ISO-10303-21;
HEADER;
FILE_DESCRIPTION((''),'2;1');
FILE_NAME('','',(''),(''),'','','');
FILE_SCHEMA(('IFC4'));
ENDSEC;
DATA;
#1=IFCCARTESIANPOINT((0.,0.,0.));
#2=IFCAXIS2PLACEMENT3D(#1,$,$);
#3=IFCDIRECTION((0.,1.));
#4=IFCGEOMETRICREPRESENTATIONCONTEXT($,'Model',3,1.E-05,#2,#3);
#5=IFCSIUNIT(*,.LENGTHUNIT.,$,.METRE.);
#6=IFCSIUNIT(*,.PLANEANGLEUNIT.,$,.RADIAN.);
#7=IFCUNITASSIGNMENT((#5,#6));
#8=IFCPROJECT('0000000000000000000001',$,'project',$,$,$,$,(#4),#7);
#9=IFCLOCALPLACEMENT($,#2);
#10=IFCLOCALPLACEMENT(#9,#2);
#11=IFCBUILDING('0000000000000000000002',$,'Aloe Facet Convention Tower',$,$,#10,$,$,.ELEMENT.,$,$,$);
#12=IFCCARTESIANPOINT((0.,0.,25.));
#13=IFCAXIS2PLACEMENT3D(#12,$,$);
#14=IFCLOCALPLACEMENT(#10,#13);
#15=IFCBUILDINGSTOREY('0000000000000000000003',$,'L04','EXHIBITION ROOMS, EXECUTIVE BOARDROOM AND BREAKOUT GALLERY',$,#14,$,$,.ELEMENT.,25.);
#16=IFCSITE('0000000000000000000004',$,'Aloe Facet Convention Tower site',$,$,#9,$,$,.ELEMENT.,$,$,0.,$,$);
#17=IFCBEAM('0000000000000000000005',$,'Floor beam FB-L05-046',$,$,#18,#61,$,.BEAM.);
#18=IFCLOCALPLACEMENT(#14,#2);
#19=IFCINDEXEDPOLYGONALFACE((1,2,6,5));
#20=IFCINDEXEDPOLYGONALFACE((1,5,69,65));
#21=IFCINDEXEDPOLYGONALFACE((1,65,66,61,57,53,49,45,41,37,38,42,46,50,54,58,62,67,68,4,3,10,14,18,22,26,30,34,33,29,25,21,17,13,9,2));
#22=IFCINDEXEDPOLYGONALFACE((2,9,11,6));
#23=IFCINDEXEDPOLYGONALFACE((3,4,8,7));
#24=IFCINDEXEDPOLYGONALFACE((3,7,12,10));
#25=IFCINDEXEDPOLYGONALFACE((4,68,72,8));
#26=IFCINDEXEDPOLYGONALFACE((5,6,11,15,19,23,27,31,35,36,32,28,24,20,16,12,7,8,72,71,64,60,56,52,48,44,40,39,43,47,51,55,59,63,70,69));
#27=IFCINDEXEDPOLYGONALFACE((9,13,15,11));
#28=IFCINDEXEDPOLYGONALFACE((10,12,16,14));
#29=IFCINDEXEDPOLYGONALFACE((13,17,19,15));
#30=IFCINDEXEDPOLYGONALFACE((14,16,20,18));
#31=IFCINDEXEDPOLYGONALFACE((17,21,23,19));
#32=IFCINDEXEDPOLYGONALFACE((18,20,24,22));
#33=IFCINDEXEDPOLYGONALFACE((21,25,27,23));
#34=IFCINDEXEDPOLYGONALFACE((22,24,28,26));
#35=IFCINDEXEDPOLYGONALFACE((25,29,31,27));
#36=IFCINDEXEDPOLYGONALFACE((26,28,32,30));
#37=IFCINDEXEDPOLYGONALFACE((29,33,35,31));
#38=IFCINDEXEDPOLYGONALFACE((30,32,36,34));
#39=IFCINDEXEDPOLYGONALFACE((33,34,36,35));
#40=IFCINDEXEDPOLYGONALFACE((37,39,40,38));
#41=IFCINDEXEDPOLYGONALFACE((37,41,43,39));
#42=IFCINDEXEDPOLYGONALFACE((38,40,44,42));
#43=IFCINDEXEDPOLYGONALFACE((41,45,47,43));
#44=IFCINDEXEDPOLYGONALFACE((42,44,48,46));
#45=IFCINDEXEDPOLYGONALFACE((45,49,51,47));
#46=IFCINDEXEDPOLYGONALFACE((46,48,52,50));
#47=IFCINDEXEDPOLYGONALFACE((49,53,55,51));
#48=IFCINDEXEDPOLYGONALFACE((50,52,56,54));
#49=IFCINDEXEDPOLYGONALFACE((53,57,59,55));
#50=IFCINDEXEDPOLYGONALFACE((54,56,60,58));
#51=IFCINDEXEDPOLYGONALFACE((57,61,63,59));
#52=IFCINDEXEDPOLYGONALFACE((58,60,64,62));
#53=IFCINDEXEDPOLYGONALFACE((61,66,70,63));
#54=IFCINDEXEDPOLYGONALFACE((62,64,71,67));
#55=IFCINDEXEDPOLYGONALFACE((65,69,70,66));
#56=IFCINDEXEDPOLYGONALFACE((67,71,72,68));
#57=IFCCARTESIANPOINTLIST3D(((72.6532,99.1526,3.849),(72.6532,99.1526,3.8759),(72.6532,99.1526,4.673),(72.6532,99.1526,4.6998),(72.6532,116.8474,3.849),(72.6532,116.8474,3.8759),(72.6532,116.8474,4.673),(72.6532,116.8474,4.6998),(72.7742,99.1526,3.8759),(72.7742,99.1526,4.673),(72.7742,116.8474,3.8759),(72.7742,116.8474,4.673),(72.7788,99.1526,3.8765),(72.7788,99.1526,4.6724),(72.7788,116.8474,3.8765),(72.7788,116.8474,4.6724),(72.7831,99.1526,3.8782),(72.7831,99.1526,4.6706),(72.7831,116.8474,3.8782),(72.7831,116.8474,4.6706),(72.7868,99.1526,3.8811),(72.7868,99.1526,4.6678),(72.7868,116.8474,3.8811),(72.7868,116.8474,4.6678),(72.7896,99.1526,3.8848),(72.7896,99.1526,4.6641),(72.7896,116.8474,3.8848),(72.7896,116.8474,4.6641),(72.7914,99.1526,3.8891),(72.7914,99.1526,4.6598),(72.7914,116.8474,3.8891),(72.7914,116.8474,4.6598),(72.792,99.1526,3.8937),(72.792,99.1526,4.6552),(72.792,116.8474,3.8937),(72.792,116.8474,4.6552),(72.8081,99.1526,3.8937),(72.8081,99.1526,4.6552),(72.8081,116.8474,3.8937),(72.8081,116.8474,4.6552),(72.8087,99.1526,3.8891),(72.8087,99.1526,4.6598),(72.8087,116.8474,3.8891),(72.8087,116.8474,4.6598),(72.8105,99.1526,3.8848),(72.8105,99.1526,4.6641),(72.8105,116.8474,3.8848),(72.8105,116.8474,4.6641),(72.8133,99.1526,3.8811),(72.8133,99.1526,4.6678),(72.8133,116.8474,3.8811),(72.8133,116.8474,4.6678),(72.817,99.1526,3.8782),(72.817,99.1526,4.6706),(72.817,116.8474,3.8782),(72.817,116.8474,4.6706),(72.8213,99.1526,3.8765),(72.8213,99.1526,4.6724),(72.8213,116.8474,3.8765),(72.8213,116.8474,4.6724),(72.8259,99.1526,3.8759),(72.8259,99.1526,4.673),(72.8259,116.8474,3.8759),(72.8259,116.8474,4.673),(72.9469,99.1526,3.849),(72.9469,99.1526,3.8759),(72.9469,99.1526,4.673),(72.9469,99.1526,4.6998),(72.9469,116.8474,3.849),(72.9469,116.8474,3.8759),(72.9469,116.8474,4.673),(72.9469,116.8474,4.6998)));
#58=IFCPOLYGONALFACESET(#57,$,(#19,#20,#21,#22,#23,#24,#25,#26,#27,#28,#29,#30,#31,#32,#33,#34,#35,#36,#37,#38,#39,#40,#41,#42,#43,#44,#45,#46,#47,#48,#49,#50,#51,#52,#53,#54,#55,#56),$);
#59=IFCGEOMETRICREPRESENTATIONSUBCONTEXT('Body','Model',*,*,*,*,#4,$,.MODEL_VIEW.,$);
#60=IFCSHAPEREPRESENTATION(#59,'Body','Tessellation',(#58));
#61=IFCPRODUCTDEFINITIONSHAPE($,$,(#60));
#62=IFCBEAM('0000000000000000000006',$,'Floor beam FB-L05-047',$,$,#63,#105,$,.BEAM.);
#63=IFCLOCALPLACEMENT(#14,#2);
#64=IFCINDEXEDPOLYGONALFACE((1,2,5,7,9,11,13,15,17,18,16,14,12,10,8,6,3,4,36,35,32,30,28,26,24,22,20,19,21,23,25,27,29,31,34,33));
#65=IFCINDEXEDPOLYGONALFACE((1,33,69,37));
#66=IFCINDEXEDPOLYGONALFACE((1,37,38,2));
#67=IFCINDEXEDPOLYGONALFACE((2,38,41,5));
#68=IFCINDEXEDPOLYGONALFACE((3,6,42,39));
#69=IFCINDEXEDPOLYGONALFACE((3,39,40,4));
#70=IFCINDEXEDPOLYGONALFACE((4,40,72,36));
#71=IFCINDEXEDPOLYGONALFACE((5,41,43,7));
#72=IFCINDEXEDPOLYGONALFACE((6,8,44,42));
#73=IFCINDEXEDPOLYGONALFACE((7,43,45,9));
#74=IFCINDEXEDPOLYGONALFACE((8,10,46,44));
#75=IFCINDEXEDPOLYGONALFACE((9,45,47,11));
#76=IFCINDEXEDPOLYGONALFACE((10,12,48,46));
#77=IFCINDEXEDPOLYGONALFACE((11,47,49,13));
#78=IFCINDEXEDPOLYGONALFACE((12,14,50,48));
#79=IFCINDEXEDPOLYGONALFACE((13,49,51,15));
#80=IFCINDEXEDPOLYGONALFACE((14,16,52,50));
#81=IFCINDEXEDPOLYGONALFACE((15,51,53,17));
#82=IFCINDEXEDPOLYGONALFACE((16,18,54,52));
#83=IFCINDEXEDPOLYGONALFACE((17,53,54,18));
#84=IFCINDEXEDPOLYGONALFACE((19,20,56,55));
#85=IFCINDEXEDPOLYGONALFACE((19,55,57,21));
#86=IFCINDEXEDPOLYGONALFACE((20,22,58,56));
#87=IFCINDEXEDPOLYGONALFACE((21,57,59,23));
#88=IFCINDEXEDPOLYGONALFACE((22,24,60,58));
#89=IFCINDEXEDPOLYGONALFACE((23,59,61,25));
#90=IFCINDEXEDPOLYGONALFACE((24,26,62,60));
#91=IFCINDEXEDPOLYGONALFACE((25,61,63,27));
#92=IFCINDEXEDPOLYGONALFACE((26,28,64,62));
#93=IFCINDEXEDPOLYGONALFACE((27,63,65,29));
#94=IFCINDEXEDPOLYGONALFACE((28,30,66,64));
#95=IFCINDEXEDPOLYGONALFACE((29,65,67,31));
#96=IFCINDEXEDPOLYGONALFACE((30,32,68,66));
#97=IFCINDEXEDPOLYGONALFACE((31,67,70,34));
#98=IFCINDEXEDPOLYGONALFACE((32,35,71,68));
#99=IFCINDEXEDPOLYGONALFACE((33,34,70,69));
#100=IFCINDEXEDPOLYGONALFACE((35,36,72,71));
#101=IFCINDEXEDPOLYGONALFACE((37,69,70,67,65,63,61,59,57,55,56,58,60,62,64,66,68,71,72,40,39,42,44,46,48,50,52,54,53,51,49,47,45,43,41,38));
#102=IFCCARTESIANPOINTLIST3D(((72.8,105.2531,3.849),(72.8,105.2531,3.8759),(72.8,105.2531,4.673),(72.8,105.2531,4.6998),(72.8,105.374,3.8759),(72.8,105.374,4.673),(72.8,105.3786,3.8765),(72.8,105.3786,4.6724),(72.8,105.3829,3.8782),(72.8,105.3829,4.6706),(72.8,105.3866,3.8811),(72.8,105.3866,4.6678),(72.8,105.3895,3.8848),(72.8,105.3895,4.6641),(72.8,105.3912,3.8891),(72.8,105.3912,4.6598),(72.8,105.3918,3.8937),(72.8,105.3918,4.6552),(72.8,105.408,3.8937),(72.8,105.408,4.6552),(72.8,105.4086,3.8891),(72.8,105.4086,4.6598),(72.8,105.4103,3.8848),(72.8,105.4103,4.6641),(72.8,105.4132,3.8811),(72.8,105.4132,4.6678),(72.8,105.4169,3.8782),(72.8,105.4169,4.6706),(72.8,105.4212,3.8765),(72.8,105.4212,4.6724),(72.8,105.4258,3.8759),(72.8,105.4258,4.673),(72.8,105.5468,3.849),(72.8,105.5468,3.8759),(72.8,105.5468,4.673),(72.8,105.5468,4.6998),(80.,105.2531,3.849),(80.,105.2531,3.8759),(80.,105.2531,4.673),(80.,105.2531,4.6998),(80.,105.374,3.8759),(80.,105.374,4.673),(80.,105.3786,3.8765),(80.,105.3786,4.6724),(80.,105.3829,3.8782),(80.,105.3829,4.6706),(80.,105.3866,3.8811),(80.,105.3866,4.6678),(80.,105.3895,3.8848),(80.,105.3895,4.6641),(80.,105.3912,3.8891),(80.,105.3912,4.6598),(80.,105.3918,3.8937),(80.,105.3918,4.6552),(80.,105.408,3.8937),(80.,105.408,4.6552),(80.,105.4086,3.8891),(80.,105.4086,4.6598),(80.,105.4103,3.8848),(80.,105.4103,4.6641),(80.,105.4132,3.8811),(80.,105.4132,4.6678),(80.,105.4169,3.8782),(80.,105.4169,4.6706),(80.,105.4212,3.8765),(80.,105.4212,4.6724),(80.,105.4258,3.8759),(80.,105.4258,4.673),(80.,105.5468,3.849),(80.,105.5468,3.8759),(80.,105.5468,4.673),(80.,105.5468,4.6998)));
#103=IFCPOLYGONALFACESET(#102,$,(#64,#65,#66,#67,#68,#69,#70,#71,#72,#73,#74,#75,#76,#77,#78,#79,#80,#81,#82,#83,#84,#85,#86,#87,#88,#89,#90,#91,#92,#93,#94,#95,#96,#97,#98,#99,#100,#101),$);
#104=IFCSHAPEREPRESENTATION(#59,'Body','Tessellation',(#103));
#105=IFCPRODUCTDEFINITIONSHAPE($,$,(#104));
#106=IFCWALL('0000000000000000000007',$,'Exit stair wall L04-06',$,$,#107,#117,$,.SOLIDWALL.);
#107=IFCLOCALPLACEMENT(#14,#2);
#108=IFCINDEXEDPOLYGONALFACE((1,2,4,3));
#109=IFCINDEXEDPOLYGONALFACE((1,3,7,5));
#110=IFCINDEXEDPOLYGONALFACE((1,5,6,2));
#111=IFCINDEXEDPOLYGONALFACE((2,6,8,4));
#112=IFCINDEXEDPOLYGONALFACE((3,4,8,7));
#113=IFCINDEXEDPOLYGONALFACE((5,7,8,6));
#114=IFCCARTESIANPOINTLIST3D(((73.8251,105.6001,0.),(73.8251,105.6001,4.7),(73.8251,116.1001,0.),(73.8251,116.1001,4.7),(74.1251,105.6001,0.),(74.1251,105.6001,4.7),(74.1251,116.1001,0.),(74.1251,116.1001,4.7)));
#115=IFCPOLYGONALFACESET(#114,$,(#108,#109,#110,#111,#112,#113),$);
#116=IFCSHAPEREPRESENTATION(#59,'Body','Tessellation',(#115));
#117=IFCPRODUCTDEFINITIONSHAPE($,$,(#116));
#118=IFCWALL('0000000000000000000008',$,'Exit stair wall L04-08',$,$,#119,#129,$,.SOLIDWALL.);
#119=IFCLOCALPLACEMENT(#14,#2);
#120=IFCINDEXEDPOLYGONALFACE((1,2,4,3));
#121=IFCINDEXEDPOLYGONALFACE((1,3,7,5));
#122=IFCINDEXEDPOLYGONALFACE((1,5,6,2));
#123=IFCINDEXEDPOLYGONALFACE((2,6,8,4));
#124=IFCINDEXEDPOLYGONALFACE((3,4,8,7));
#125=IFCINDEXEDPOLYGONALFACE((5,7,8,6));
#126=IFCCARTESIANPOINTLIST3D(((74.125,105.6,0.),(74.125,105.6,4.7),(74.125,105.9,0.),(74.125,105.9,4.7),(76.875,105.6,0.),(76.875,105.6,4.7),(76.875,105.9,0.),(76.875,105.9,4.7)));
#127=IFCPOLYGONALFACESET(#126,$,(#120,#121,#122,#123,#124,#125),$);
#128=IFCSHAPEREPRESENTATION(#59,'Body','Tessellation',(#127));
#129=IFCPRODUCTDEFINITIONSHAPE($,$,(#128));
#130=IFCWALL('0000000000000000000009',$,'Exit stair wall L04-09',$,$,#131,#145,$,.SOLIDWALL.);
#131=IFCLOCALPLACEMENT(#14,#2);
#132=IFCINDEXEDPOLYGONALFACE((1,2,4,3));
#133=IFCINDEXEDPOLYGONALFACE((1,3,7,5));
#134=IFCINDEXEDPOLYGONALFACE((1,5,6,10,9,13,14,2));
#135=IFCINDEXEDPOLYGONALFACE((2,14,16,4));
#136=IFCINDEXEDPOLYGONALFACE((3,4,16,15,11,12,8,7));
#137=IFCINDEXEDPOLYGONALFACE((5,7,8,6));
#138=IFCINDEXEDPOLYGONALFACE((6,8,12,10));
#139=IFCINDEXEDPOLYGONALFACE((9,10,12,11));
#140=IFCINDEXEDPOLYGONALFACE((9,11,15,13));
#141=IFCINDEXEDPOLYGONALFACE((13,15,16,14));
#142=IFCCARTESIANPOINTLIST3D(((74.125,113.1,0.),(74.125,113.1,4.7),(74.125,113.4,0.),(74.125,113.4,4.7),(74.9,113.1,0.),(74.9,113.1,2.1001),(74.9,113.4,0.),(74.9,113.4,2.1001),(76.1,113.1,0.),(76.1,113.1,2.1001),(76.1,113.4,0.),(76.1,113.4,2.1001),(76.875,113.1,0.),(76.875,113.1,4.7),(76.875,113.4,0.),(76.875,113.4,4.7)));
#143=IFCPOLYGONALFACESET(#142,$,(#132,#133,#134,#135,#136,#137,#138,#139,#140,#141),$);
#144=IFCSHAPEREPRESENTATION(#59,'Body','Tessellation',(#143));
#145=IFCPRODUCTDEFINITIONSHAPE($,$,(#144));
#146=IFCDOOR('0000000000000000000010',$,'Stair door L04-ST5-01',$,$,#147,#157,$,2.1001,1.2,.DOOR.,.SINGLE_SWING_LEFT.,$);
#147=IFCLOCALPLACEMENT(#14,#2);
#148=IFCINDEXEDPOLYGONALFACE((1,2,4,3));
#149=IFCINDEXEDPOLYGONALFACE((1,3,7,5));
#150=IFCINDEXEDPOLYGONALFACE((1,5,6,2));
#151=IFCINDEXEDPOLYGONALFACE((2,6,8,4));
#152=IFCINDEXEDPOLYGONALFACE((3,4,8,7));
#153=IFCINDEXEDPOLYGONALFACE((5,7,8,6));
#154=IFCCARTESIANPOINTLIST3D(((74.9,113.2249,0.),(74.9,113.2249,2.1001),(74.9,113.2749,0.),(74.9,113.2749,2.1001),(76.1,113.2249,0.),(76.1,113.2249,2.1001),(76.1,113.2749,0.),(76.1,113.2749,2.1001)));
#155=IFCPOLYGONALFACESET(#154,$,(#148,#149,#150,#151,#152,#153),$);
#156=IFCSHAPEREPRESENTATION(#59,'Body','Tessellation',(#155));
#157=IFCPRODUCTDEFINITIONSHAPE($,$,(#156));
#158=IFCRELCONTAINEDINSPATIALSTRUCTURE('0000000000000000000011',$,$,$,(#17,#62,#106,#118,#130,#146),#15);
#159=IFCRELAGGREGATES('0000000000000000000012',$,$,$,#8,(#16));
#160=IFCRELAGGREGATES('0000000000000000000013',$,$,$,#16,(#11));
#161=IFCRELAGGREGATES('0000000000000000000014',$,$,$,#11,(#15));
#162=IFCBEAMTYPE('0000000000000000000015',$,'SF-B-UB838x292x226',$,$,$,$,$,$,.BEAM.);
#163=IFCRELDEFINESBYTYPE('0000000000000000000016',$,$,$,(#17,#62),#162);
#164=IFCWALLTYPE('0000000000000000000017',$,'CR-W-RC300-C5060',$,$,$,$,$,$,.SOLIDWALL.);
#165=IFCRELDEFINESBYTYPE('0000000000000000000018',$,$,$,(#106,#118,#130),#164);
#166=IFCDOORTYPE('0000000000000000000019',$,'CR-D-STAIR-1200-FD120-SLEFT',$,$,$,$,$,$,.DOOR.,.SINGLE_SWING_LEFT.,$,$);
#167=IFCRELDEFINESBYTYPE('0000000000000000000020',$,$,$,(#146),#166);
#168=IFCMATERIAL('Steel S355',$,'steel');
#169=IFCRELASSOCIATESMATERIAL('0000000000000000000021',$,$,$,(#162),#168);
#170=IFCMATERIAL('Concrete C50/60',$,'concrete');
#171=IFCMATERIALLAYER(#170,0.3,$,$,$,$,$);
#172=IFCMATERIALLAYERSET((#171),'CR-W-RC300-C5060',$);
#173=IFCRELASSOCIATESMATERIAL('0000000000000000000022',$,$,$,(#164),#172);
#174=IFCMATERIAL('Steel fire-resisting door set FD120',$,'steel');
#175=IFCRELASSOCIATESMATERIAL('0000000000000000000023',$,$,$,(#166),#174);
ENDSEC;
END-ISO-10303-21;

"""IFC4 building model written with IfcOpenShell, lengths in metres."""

from ifc_helpers import new_model, si_unit, direction, frame, frame_2d, origin, origin_2d, place, context, subcontext, project, spatial, rectangle, i_section, extrude, material, layer, layer_set, material_profile, profile_set, type_object, element, fill, save


model = new_model("IFC4")

# Units and contexts
model_context = context("Model", 3, precision=1e-05, world=origin(), true_north=direction((0.0, 1.0)))
body_context = subcontext(model_context, "Body", "Model", "MODEL_VIEW")
ifc_project = project(units=[si_unit("LENGTHUNIT", "METRE"), si_unit("PLANEANGLEUNIT", "RADIAN")], contexts=[model_context])

# Site, building, storey
site_placement = place(None, origin())
site = spatial("IfcSite", under=ifc_project, at=site_placement, Name="Aloe Facet Convention Tower site", CompositionType="ELEMENT", RefElevation=0.0)
building_placement = place(site_placement, origin())
building = spatial("IfcBuilding", under=site, at=building_placement, Name="Aloe Facet Convention Tower", CompositionType="ELEMENT")
storey_placement = place(building_placement, frame((0.0, 0.0, 25.0)))
storey = spatial("IfcBuildingStorey", under=building, at=storey_placement, Name="L04", Description="EXHIBITION ROOMS, EXECUTIVE BOARDROOM AND BREAKOUT GALLERY", CompositionType="ELEMENT", Elevation=25.0)

# Beams
ifc_material_1 = material(Name="Steel S355", Category="steel")
ifc_material_profile_1 = material_profile(ifc_material_1, i_section(OverallWidth=0.2937, OverallDepth=0.8508, WebThickness=0.0161, FlangeThickness=0.0269, FilletRadius=0.0178, at=origin_2d()), Name="UB 838x292x226")
ifc_profile_set_1 = profile_set([ifc_material_profile_1], Name="Steel S355")
beam_type_1 = type_object("IfcBeamType", Name="SF-B-UB838x292x226", PredefinedType="BEAM", material=ifc_profile_set_1)
beam_1_placement = place(storey_placement, frame((72.8, 99.1526, 4.2744), z_axis=(0.0, 1.0, 0.0), x_axis=(-1.0, 0.0, 0.0)))
element("IfcBeam", 1, at=beam_1_placement, inside=storey, type_object=beam_type_1, Name="Floor beam FB-L05-046", PredefinedType="BEAM", context=body_context, shape_type="SweptSolid", body=[
    extrude(i_section(OverallWidth=0.2937, OverallDepth=0.8508, WebThickness=0.0161, FlangeThickness=0.0269, FilletRadius=0.0178, at=origin_2d()), origin(), (0.0, 0.0, 1.0), 17.6948),
])
beam_2_placement = place(storey_placement, frame((72.8, 105.3999, 4.2744), z_axis=(1.0, 0.0, 0.0), x_axis=(0.0, 1.0, 0.0)))
element("IfcBeam", 2, at=beam_2_placement, inside=storey, type_object=beam_type_1, Name="Floor beam FB-L05-047", PredefinedType="BEAM", context=body_context, shape_type="SweptSolid", body=[
    extrude(i_section(OverallWidth=0.2937, OverallDepth=0.8508, WebThickness=0.0161, FlangeThickness=0.0269, FilletRadius=0.0178, at=origin_2d()), origin(), (0.0, 0.0, 1.0), 7.2),
])

# Walls
ifc_material_2 = material(Name="Concrete C50/60", Category="concrete")
ifc_layer_1 = layer(ifc_material_2, 0.3)
ifc_layer_set_1 = layer_set([ifc_layer_1], Name="CR-W-RC300-C5060")
wall_type_1 = type_object("IfcWallType", Name="CR-W-RC300-C5060", PredefinedType="SOLIDWALL", material=ifc_layer_set_1)
wall_1_placement = place(storey_placement, frame((73.9751, 105.6001, 0.0), z_axis=(0.0, 0.0, 1.0), x_axis=(0.0, 1.0, 0.0)))
element("IfcWall", 3, at=wall_1_placement, inside=storey, type_object=wall_type_1, Name="Exit stair wall L04-06", PredefinedType="SOLIDWALL", context=body_context, shape_type="SweptSolid", body=[
    extrude(rectangle(XDim=10.5, YDim=0.3, at=frame_2d((5.25, 0.0))), origin(), (0.0, 0.0, 1.0), 4.7),
])
wall_2_placement = place(storey_placement, frame((74.125, 105.75, 0.0), z_axis=(0.0, 0.0, 1.0), x_axis=(1.0, 0.0, 0.0)))
element("IfcWall", 4, at=wall_2_placement, inside=storey, type_object=wall_type_1, Name="Exit stair wall L04-08", PredefinedType="SOLIDWALL", context=body_context, shape_type="SweptSolid", body=[
    extrude(rectangle(XDim=2.75, YDim=0.3, at=frame_2d((1.375, 0.0))), origin(), (0.0, 0.0, 1.0), 4.7),
])

# Wall, opening, door
wall_3_placement = place(storey_placement, frame((74.125, 113.25, 0.0), z_axis=(0.0, 0.0, 1.0), x_axis=(1.0, 0.0, 0.0)))
wall_3 = element("IfcWall", 5, at=wall_3_placement, inside=storey, type_object=wall_type_1, Name="Exit stair wall L04-09", PredefinedType="SOLIDWALL", context=body_context, shape_type="SweptSolid", body=[
    extrude(rectangle(XDim=2.75, YDim=0.3, at=frame_2d((1.375, 0.0))), origin(), (0.0, 0.0, 1.0), 4.7),
])
opening_1_placement = place(wall_3_placement, frame((0.7749, 0.0, 0.0)))
opening_1 = element("IfcOpeningElement", 6, at=opening_1_placement, cuts=wall_3, PredefinedType="OPENING", context=body_context, shape_type="SweptSolid", body=[
    extrude(rectangle(XDim=1.2, YDim=2.1001, at=frame_2d((0.6001, 1.05))), frame((0.0, 0.1602, 0.0), z_axis=(0.0, -1.0, 0.0), x_axis=(1.0, 0.0, 0.0)), (0.0, 0.0, 1.0), 0.3201),
])
ifc_material_3 = material(Name="Steel fire-resisting door set FD120", Category="steel")
door_type_1 = type_object("IfcDoorType", Name="CR-D-STAIR-1200-FD120-SLEFT", OperationType="SINGLE_SWING_LEFT", PredefinedType="DOOR", material=ifc_material_3)
door_1_placement = place(opening_1_placement, origin())
door_1 = element("IfcDoor", 7, at=door_1_placement, inside=storey, type_object=door_type_1, Name="Stair door L04-ST5-01", OperationType="SINGLE_SWING_LEFT", OverallHeight=2.1001, OverallWidth=1.2, PredefinedType="DOOR", context=body_context, shape_type="SweptSolid", body=[
    extrude(rectangle(XDim=1.2, YDim=2.1001, at=frame_2d((0.6001, 1.05))), frame((0.0, 0.0249, 0.0), z_axis=(0.0, -1.0, 0.0), x_axis=(1.0, 0.0, 0.0)), (0.0, 0.0, 1.0), 0.05),
])
fill(opening_1, door_1)

save(model, "model.ifc")
